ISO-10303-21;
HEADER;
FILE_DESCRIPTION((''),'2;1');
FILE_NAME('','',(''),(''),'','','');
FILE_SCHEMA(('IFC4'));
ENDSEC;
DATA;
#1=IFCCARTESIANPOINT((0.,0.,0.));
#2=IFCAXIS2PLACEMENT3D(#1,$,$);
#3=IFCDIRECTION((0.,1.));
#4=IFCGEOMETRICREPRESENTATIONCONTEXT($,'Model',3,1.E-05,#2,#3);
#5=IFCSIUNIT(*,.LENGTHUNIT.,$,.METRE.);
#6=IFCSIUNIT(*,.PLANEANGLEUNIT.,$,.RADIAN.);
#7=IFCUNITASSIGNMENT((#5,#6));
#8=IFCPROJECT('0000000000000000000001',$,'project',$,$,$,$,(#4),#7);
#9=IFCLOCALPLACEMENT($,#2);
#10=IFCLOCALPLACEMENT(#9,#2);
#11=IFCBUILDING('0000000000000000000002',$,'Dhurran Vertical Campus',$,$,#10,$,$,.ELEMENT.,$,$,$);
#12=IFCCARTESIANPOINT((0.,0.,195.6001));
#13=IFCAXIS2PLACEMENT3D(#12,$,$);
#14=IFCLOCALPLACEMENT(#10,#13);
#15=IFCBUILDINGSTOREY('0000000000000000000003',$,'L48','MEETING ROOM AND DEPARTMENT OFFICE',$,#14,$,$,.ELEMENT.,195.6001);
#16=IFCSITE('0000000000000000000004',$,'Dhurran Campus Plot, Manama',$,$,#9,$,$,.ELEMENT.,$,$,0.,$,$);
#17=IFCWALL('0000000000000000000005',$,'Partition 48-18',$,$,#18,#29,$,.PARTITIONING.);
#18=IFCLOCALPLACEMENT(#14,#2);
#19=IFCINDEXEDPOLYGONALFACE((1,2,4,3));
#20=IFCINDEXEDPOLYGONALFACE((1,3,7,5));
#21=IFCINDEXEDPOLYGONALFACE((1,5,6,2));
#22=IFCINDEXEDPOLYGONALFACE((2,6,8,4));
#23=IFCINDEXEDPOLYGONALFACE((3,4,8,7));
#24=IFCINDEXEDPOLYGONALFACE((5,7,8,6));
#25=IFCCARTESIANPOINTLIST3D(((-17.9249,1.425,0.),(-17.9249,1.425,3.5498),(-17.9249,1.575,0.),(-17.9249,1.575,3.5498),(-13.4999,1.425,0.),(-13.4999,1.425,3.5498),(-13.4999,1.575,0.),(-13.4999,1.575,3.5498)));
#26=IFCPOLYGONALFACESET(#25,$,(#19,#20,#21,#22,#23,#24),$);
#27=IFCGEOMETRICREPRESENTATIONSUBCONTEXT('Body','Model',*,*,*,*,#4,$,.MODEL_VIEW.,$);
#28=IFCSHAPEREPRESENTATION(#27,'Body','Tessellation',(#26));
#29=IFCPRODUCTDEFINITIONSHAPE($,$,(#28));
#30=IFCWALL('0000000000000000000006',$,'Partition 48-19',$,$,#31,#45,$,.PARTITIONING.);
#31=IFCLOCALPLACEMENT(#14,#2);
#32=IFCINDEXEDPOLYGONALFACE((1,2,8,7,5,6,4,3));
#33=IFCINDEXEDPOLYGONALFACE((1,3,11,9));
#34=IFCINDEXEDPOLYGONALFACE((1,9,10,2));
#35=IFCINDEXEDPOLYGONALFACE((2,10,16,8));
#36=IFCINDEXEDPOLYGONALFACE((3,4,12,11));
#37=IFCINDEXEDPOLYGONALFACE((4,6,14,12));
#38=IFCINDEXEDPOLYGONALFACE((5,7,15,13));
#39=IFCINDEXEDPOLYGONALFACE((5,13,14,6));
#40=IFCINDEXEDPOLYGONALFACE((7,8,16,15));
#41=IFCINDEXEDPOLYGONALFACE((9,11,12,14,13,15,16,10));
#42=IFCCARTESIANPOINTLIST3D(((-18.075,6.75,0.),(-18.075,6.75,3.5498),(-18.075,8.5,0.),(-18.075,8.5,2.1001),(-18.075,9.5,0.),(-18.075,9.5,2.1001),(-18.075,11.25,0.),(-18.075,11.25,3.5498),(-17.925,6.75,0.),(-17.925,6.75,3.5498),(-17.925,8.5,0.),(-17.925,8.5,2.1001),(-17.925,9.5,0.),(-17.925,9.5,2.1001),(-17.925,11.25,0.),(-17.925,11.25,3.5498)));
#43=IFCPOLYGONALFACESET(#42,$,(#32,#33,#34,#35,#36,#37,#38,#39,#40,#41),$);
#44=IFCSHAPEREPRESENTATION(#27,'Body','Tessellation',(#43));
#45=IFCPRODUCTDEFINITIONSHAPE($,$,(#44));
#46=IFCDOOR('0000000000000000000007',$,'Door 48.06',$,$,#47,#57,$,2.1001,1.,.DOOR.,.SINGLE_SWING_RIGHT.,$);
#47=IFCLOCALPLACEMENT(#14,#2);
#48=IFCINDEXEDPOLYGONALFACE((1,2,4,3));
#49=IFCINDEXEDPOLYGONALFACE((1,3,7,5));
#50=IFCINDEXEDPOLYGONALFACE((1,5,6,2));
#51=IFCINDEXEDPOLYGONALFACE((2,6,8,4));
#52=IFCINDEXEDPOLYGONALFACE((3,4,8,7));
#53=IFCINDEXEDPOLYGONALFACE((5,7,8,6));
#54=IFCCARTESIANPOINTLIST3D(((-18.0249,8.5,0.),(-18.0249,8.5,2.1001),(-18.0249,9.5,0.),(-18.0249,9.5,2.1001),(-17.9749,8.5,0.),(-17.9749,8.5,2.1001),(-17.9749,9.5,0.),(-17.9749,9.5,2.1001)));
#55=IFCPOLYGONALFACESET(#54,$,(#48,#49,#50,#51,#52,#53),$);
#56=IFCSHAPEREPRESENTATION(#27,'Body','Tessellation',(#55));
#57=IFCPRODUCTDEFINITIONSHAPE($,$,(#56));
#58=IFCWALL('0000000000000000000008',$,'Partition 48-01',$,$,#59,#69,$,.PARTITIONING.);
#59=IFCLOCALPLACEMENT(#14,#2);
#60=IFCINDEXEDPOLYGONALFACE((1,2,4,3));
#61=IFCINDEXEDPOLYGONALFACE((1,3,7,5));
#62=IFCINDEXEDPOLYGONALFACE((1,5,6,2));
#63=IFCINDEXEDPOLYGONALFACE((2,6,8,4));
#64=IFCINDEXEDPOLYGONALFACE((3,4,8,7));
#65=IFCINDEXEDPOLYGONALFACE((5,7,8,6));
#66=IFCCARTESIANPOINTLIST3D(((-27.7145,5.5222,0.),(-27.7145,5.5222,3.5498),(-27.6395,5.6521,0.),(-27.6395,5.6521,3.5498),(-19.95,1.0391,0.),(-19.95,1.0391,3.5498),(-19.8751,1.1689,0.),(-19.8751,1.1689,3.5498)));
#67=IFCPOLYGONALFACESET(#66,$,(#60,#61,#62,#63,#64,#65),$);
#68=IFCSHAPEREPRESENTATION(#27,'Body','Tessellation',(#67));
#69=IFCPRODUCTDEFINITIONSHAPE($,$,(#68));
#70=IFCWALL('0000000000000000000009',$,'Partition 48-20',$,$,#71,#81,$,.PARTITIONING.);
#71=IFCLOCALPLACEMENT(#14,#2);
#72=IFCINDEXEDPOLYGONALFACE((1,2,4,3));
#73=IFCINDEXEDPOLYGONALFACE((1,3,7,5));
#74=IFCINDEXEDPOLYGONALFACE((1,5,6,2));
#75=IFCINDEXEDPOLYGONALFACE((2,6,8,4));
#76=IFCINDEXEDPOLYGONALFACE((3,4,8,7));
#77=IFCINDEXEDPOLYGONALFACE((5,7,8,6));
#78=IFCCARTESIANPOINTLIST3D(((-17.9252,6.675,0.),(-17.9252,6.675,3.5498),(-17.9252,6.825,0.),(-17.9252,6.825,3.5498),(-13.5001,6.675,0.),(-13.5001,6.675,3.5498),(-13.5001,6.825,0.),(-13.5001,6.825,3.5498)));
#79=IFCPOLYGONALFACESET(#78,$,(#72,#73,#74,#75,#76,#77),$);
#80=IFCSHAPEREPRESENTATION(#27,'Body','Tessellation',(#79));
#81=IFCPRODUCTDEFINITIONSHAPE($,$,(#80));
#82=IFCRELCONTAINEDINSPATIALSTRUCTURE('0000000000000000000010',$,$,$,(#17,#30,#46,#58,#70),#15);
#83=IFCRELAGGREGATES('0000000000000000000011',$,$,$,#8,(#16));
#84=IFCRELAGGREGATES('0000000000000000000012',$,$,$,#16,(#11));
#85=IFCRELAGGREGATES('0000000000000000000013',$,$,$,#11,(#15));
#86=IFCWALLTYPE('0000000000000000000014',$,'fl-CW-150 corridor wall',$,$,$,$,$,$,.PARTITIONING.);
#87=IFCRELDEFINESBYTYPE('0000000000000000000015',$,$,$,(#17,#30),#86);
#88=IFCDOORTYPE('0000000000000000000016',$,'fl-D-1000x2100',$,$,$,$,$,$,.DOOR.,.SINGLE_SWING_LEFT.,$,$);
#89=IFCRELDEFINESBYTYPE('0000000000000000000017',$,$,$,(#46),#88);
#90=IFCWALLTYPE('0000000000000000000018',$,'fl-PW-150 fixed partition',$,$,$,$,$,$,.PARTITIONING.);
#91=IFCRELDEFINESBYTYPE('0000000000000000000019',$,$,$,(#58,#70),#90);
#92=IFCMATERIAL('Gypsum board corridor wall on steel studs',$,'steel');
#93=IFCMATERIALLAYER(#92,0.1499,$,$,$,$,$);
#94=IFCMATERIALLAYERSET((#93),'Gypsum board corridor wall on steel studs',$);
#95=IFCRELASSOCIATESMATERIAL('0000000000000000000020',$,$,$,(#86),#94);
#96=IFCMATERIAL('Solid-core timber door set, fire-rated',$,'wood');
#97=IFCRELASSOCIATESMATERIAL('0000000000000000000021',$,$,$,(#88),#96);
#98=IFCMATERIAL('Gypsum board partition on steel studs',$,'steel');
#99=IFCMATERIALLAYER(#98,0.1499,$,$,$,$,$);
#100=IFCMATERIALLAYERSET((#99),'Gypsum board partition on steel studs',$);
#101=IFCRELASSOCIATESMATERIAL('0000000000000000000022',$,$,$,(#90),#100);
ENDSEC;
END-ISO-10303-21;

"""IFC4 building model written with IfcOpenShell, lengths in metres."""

from ifc_helpers import new_model, si_unit, direction, frame, frame_2d, origin, place, context, subcontext, project, spatial, rectangle, extrude, material, layer, layer_set, type_object, element, fill, save


model = new_model("IFC4")

# Units and contexts
model_context = context("Model", 3, precision=1e-05, world=origin(), true_north=direction((0.0, 1.0)))
body_context = subcontext(model_context, "Body", "Model", "MODEL_VIEW")
ifc_project = project(units=[si_unit("LENGTHUNIT", "METRE"), si_unit("PLANEANGLEUNIT", "RADIAN")], contexts=[model_context])

# Site, building, storey
site_placement = place(None, origin())
site = spatial("IfcSite", under=ifc_project, at=site_placement, Name="Dhurran Campus Plot, Manama", CompositionType="ELEMENT", RefElevation=0.0)
building_placement = place(site_placement, origin())
building = spatial("IfcBuilding", under=site, at=building_placement, Name="Dhurran Vertical Campus", CompositionType="ELEMENT")
storey_placement = place(building_placement, frame((0.0, 0.0, 195.6001)))
storey = spatial("IfcBuildingStorey", under=building, at=storey_placement, Name="L48", Description="MEETING ROOM AND DEPARTMENT OFFICE", CompositionType="ELEMENT", Elevation=195.6001)

# Shared definitions
ifc_material_1 = material(Name="Gypsum board corridor wall on steel studs", Category="steel")
ifc_layer_1 = layer(ifc_material_1, 0.1499)
ifc_layer_set_1 = layer_set([ifc_layer_1], Name="Gypsum board corridor wall on steel studs")
wall_type_1 = type_object("IfcWallType", Name="fl-CW-150 corridor wall", PredefinedType="PARTITIONING", material=ifc_layer_set_1)
ifc_material_2 = material(Name="Solid-core timber door set, fire-rated", Category="wood")
door_type_1 = type_object("IfcDoorType", Name="fl-D-1000x2100", OperationType="SINGLE_SWING_LEFT", PredefinedType="DOOR", material=ifc_material_2)

# Wall
wall_1_placement = place(storey_placement, frame((-13.5, 1.5, 0.0), z_axis=(0.0, 0.0, 1.0), x_axis=(-1.0, 0.0, 0.0)))
element("IfcWall", 1, at=wall_1_placement, inside=storey, type_object=wall_type_1, Name="Partition 48-18", PredefinedType="PARTITIONING", context=body_context, shape_type="SweptSolid", body=[
    extrude(rectangle(XDim=4.425, YDim=0.1499, at=frame_2d((2.2124, 0.0))), origin(), (0.0, 0.0, 1.0), 3.5498),
])

# Wall, opening, door
wall_2_placement = place(storey_placement, frame((-18.0, 6.75, 0.0), z_axis=(0.0, 0.0, 1.0), x_axis=(0.0, 1.0, 0.0)))
wall_2 = element("IfcWall", 2, at=wall_2_placement, inside=storey, type_object=wall_type_1, Name="Partition 48-19", PredefinedType="PARTITIONING", context=body_context, shape_type="SweptSolid", body=[
    extrude(rectangle(XDim=4.5, YDim=0.1499, at=frame_2d((2.25, 0.0))), origin(), (0.0, 0.0, 1.0), 3.5498),
])
opening_1_placement = place(wall_2_placement, frame((1.75, 0.0, 0.0)))
opening_1 = element("IfcOpeningElement", 3, at=opening_1_placement, cuts=wall_2, PredefinedType="OPENING", context=body_context, shape_type="SweptSolid", body=[
    extrude(rectangle(XDim=1.0, YDim=2.1001, at=frame_2d((0.5, 1.05))), frame((0.0, 0.085, 0.0), z_axis=(0.0, -1.0, 0.0), x_axis=(1.0, 0.0, 0.0)), (0.0, 0.0, 1.0), 0.1699),
])
door_1_placement = place(opening_1_placement, origin())
door_1 = element("IfcDoor", 4, at=door_1_placement, inside=storey, type_object=door_type_1, Name="Door 48.06", OperationType="SINGLE_SWING_RIGHT", OverallHeight=2.1001, OverallWidth=1.0, PredefinedType="DOOR", context=body_context, shape_type="SweptSolid", body=[
    extrude(rectangle(XDim=1.0, YDim=2.1001, at=frame_2d((0.5, 1.05))), frame((0.0, 0.0249, 0.0), z_axis=(0.0, -1.0, 0.0), x_axis=(1.0, 0.0, 0.0)), (0.0, 0.0, 1.0), 0.05),
])
fill(opening_1, door_1)

# Walls
ifc_material_3 = material(Name="Gypsum board partition on steel studs", Category="steel")
ifc_layer_2 = layer(ifc_material_3, 0.1499)
ifc_layer_set_2 = layer_set([ifc_layer_2], Name="Gypsum board partition on steel studs")
wall_type_2 = type_object("IfcWallType", Name="fl-PW-150 fixed partition", PredefinedType="PARTITIONING", material=ifc_layer_set_2)
wall_3_placement = place(storey_placement, frame((-27.677, 5.5872, 0.0), z_axis=(0.0, 0.0, 1.0), x_axis=(0.866007, -0.500031, 0.0)))
element("IfcWall", 5, at=wall_3_placement, inside=storey, type_object=wall_type_2, Name="Partition 48-01", PredefinedType="PARTITIONING", context=body_context, shape_type="SweptSolid", body=[
    extrude(rectangle(XDim=8.9658, YDim=0.1499, at=frame_2d((4.4829, 0.0))), origin(), (0.0, 0.0, 1.0), 3.5498),
])
wall_4_placement = place(storey_placement, frame((-17.925, 6.75, 0.0), z_axis=(0.0, 0.0, 1.0), x_axis=(1.0, 0.0, 0.0)))
element("IfcWall", 6, at=wall_4_placement, inside=storey, type_object=wall_type_2, Name="Partition 48-20", PredefinedType="PARTITIONING", context=body_context, shape_type="SweptSolid", body=[
    extrude(rectangle(XDim=4.425, YDim=0.1499, at=frame_2d((2.2124, 0.0))), origin(), (0.0, 0.0, 1.0), 3.5498),
])

save(model, "model.ifc")
